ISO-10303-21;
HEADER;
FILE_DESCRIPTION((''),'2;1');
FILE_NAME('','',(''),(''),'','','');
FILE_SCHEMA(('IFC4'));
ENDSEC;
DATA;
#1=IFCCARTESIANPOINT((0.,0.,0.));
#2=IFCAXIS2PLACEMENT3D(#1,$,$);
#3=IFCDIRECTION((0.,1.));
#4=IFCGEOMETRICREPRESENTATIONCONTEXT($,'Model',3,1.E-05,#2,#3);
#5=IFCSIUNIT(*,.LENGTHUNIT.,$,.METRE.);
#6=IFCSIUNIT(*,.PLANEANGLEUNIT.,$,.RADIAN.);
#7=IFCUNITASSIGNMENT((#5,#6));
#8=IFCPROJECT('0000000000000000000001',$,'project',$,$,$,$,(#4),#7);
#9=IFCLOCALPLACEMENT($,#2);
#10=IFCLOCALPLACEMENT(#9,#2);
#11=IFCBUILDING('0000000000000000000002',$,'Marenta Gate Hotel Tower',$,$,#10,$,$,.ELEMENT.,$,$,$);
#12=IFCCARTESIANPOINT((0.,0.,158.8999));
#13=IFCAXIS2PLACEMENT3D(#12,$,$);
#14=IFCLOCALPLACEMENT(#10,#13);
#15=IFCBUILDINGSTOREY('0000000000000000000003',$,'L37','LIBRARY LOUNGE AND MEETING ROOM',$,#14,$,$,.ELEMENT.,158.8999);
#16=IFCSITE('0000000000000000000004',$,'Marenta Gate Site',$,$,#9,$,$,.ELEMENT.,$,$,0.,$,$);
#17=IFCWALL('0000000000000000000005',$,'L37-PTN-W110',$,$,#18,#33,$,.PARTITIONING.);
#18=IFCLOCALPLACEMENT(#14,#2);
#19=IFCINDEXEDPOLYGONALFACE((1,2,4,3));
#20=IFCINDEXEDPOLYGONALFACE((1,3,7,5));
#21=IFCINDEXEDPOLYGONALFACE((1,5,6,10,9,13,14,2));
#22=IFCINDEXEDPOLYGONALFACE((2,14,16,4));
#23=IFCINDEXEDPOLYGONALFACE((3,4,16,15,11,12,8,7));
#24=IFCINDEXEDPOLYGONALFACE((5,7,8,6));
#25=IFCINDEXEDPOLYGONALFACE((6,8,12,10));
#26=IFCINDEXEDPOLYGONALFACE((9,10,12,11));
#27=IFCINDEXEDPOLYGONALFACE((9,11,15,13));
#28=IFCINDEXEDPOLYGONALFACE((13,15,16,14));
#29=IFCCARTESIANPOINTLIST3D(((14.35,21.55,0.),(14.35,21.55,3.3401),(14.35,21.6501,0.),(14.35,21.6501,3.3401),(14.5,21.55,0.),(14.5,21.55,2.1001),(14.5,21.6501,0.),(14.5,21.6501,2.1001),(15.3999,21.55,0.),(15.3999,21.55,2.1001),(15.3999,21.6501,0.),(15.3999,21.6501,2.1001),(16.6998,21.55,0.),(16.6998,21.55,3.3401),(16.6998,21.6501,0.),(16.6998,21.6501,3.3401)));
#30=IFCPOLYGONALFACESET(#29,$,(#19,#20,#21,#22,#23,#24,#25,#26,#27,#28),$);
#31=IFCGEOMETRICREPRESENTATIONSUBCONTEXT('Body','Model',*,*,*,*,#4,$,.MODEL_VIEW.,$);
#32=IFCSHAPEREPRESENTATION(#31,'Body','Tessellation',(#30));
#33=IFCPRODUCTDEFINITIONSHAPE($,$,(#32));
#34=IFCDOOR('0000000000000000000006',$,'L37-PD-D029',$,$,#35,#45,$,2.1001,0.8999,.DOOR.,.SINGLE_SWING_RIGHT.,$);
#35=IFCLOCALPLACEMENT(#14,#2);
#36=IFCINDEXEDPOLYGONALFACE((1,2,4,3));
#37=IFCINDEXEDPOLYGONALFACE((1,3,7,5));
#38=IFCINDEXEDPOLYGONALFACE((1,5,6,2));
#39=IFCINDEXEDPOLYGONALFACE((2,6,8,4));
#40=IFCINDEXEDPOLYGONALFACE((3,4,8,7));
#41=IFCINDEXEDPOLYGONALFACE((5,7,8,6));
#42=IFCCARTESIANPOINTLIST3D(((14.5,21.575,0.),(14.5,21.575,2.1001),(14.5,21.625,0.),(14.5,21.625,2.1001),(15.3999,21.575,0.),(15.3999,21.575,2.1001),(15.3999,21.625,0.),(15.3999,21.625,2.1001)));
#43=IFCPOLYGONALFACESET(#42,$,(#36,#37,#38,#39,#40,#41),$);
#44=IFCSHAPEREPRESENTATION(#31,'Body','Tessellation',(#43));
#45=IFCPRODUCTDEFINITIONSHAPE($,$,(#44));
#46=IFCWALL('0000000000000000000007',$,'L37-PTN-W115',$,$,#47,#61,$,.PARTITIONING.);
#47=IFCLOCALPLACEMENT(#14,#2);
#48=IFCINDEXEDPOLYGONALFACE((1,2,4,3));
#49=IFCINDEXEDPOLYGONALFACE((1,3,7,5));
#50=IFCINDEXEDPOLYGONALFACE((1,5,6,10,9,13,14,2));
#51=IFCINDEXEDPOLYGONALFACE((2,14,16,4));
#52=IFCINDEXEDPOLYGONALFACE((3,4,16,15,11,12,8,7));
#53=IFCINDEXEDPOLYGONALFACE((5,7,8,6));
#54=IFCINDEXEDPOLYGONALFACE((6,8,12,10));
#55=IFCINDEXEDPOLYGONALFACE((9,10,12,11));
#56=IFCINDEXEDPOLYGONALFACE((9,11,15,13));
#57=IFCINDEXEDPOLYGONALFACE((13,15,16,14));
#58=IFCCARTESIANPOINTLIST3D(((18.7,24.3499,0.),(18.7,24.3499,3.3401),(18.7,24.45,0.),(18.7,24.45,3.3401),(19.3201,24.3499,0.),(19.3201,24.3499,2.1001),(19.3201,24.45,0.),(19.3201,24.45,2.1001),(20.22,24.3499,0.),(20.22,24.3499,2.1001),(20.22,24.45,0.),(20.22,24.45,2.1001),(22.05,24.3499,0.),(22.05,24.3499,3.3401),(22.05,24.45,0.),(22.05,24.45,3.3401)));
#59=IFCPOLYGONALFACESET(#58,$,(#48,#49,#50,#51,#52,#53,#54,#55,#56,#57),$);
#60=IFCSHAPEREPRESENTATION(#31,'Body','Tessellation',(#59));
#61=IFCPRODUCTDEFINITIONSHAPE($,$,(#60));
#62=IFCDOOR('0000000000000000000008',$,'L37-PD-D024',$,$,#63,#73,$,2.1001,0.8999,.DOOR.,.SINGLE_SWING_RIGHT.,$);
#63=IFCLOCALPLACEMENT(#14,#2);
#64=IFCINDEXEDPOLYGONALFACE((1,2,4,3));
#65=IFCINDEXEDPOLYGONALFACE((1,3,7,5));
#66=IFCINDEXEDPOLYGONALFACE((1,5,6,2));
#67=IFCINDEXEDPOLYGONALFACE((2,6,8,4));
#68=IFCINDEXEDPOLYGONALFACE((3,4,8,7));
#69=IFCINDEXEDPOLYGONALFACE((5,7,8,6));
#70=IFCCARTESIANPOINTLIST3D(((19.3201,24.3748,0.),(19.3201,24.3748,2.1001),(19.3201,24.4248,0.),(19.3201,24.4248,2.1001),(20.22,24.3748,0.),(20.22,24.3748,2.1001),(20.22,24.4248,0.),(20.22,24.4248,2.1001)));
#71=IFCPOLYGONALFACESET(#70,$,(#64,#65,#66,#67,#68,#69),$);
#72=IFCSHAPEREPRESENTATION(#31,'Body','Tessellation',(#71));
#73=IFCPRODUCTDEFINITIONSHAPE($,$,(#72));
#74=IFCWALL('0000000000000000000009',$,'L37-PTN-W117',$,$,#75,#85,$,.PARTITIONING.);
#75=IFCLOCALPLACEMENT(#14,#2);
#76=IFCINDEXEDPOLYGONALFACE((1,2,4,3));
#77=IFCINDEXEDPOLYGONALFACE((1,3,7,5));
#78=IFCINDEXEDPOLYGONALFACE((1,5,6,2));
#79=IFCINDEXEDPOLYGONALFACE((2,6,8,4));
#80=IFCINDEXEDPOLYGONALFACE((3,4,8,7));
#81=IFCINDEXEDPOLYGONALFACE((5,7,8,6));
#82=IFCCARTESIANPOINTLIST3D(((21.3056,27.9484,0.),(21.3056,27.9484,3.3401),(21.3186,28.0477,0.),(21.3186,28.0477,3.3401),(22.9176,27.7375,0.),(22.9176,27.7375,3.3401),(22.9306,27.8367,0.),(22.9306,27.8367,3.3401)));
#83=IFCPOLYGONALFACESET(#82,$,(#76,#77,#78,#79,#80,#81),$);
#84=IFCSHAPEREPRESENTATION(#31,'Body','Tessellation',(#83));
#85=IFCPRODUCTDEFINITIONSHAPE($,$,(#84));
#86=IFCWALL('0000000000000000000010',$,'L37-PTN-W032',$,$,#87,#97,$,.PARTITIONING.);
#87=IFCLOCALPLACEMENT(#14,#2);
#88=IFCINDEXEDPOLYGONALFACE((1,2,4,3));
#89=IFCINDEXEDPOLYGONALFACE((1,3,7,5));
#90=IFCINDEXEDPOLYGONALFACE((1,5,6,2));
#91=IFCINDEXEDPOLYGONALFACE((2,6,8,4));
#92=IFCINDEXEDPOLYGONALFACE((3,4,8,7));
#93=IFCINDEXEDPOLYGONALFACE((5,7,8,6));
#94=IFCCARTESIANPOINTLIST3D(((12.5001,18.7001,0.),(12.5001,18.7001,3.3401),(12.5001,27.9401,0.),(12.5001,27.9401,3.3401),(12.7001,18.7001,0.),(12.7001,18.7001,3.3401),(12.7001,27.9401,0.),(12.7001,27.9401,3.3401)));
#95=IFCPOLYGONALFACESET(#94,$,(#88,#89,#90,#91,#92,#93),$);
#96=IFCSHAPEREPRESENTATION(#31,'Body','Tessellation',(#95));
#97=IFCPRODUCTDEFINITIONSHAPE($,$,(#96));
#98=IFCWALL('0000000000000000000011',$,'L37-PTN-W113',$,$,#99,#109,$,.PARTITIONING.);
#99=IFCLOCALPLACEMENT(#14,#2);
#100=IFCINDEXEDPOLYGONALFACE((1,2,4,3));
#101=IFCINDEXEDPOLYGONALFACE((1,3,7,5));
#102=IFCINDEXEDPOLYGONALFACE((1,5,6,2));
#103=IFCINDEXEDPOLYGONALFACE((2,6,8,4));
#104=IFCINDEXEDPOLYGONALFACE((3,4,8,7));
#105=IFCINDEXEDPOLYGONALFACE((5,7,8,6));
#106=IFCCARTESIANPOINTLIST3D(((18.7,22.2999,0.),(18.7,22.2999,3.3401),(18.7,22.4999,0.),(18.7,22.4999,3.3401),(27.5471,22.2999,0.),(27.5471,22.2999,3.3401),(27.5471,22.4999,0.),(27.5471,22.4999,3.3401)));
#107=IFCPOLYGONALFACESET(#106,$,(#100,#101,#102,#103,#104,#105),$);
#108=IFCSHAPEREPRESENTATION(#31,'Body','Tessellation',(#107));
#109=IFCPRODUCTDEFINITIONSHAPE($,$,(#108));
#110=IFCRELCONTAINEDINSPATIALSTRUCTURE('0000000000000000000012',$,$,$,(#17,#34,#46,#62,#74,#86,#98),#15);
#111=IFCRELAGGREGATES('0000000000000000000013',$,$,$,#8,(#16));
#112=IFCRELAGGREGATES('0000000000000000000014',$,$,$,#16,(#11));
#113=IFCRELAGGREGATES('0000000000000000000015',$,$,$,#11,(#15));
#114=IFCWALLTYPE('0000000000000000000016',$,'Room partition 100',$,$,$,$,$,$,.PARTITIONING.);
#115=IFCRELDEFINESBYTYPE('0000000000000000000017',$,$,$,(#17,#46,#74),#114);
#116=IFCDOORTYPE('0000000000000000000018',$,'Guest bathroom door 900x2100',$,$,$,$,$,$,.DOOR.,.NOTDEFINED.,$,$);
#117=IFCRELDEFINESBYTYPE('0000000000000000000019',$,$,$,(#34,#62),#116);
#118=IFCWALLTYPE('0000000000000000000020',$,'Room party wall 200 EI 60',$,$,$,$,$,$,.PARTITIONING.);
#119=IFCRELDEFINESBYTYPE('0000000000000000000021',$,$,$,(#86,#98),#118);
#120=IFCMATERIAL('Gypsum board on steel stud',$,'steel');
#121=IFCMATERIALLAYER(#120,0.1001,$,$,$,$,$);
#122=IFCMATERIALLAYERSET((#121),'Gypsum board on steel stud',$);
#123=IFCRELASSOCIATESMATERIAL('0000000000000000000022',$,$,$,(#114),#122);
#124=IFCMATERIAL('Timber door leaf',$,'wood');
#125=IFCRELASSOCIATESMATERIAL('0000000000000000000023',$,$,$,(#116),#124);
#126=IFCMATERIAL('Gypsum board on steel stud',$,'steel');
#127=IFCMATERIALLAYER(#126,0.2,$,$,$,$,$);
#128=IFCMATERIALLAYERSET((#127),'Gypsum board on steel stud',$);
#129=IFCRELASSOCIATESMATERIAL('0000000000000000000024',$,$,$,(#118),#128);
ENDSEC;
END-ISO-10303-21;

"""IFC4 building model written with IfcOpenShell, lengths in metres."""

from ifc_helpers import new_model, si_unit, direction, frame, frame_2d, origin, place, context, subcontext, project, spatial, rectangle, extrude, material, layer, layer_set, type_object, element, fill, save


model = new_model("IFC4")

# Units and contexts
model_context = context("Model", 3, precision=1e-05, world=origin(), true_north=direction((0.0, 1.0)))
body_context = subcontext(model_context, "Body", "Model", "MODEL_VIEW")
ifc_project = project(units=[si_unit("LENGTHUNIT", "METRE"), si_unit("PLANEANGLEUNIT", "RADIAN")], contexts=[model_context])

# Site, building, storey
site_placement = place(None, origin())
site = spatial("IfcSite", under=ifc_project, at=site_placement, Name="Marenta Gate Site", CompositionType="ELEMENT", RefElevation=0.0)
building_placement = place(site_placement, origin())
building = spatial("IfcBuilding", under=site, at=building_placement, Name="Marenta Gate Hotel Tower", CompositionType="ELEMENT")
storey_placement = place(building_placement, frame((0.0, 0.0, 158.8999)))
storey = spatial("IfcBuildingStorey", under=building, at=storey_placement, Name="L37", Description="LIBRARY LOUNGE AND MEETING ROOM", CompositionType="ELEMENT", Elevation=158.8999)

# Shared definitions
ifc_material_1 = material(Name="Gypsum board on steel stud", Category="steel")
ifc_layer_1 = layer(ifc_material_1, 0.1001)
ifc_layer_set_1 = layer_set([ifc_layer_1], Name="Gypsum board on steel stud")
wall_type_1 = type_object("IfcWallType", Name="Room partition 100", PredefinedType="PARTITIONING", material=ifc_layer_set_1)

# Walls, openings, doors
wall_1_placement = place(storey_placement, frame((14.3501, 21.6001, 0.0), z_axis=(0.0, 0.0, 1.0), x_axis=(1.0, 0.0, 0.0)))
wall_1 = element("IfcWall", 1, at=wall_1_placement, inside=storey, type_object=wall_type_1, Name="L37-PTN-W110", PredefinedType="PARTITIONING", context=body_context, shape_type="SweptSolid", body=[
    extrude(rectangle(XDim=2.3499, YDim=0.1001, at=frame_2d((1.1748, 0.0))), origin(), (0.0, 0.0, 1.0), 3.3401),
])
opening_1_placement = place(wall_1_placement, frame((0.1499, 0.0, 0.0)))
opening_1 = element("IfcOpeningElement", 2, at=opening_1_placement, cuts=wall_1, PredefinedType="OPENING", context=body_context, shape_type="SweptSolid", body=[
    extrude(rectangle(XDim=0.8999, YDim=2.1001, at=frame_2d((0.45, 1.05))), frame((0.0, 0.05, 0.0), z_axis=(0.0, -1.0, 0.0), x_axis=(1.0, 0.0, 0.0)), (0.0, 0.0, 1.0), 0.1001),
])
ifc_material_2 = material(Name="Timber door leaf", Category="wood")
door_type = type_object("IfcDoorType", Name="Guest bathroom door 900x2100", OperationType="NOTDEFINED", PredefinedType="DOOR", material=ifc_material_2)
door_1_placement = place(opening_1_placement, origin())
door_1 = element("IfcDoor", 3, at=door_1_placement, inside=storey, type_object=door_type, Name="L37-PD-D029", OperationType="SINGLE_SWING_RIGHT", OverallHeight=2.1001, OverallWidth=0.8999, PredefinedType="DOOR", context=body_context, shape_type="SweptSolid", body=[
    extrude(rectangle(XDim=0.8999, YDim=2.1001, at=frame_2d((0.45, 1.05))), frame((0.0, 0.0249, 0.0), z_axis=(0.0, -1.0, 0.0), x_axis=(1.0, 0.0, 0.0)), (0.0, 0.0, 1.0), 0.05),
])
fill(opening_1, door_1)
wall_2_placement = place(storey_placement, frame((18.7, 24.3999, 0.0), z_axis=(0.0, 0.0, 1.0), x_axis=(1.0, 0.0, 0.0)))
wall_2 = element("IfcWall", 4, at=wall_2_placement, inside=storey, type_object=wall_type_1, Name="L37-PTN-W115", PredefinedType="PARTITIONING", context=body_context, shape_type="SweptSolid", body=[
    extrude(rectangle(XDim=3.3501, YDim=0.1001, at=frame_2d((1.675, 0.0))), origin(), (0.0, 0.0, 1.0), 3.3401),
])
opening_2_placement = place(wall_2_placement, frame((0.6201, 0.0, 0.0)))
opening_2 = element("IfcOpeningElement", 5, at=opening_2_placement, cuts=wall_2, PredefinedType="OPENING", context=body_context, shape_type="SweptSolid", body=[
    extrude(rectangle(XDim=0.8999, YDim=2.1001, at=frame_2d((0.45, 1.05))), frame((0.0, 0.05, 0.0), z_axis=(0.0, -1.0, 0.0), x_axis=(1.0, 0.0, 0.0)), (0.0, 0.0, 1.0), 0.1001),
])
door_2_placement = place(opening_2_placement, origin())
door_2 = element("IfcDoor", 6, at=door_2_placement, inside=storey, type_object=door_type, Name="L37-PD-D024", OperationType="SINGLE_SWING_RIGHT", OverallHeight=2.1001, OverallWidth=0.8999, PredefinedType="DOOR", context=body_context, shape_type="SweptSolid", body=[
    extrude(rectangle(XDim=0.8999, YDim=2.1001, at=frame_2d((0.45, 1.05))), frame((0.0, 0.0249, 0.0), z_axis=(0.0, -1.0, 0.0), x_axis=(1.0, 0.0, 0.0)), (0.0, 0.0, 1.0), 0.05),
])
fill(opening_2, door_2)

# Walls
wall_3_placement = place(storey_placement, frame((21.312, 27.998, 0.0), z_axis=(0.0, 0.0, 1.0), x_axis=(0.991548, -0.129744, 0.0)))
element("IfcWall", 7, at=wall_3_placement, inside=storey, type_object=wall_type_1, Name="L37-PTN-W117", PredefinedType="PARTITIONING", context=body_context, shape_type="SweptSolid", body=[
    extrude(rectangle(XDim=1.6257, YDim=0.1001, at=frame_2d((0.813, 0.0))), origin(), (0.0, 0.0, 1.0), 3.3401),
])
ifc_material_3 = material(Name="Gypsum board on steel stud", Category="steel")
ifc_layer_2 = layer(ifc_material_3, 0.2)
ifc_layer_set_2 = layer_set([ifc_layer_2], Name="Gypsum board on steel stud")
wall_type_2 = type_object("IfcWallType", Name="Room party wall 200 EI 60", PredefinedType="PARTITIONING", material=ifc_layer_set_2)
wall_4_placement = place(storey_placement, frame((12.6001, 18.7, 0.0), z_axis=(0.0, 0.0, 1.0), x_axis=(0.0, 1.0, 0.0)))
element("IfcWall", 8, at=wall_4_placement, inside=storey, type_object=wall_type_2, Name="L37-PTN-W032", PredefinedType="PARTITIONING", context=body_context, shape_type="SweptSolid", body=[
    extrude(rectangle(XDim=9.24, YDim=0.2, at=frame_2d((4.6201, 0.0))), origin(), (0.0, 0.0, 1.0), 3.3401),
])
wall_5_placement = place(storey_placement, frame((18.7, 22.3999, 0.0), z_axis=(0.0, 0.0, 1.0), x_axis=(1.0, 0.0, 0.0)))
element("IfcWall", 9, at=wall_5_placement, inside=storey, type_object=wall_type_2, Name="L37-PTN-W113", PredefinedType="PARTITIONING", context=body_context, shape_type="SweptSolid", body=[
    extrude(rectangle(XDim=8.8472, YDim=0.2, at=frame_2d((4.4236, 0.0))), origin(), (0.0, 0.0, 1.0), 3.3401),
])

save(model, "model.ifc")
